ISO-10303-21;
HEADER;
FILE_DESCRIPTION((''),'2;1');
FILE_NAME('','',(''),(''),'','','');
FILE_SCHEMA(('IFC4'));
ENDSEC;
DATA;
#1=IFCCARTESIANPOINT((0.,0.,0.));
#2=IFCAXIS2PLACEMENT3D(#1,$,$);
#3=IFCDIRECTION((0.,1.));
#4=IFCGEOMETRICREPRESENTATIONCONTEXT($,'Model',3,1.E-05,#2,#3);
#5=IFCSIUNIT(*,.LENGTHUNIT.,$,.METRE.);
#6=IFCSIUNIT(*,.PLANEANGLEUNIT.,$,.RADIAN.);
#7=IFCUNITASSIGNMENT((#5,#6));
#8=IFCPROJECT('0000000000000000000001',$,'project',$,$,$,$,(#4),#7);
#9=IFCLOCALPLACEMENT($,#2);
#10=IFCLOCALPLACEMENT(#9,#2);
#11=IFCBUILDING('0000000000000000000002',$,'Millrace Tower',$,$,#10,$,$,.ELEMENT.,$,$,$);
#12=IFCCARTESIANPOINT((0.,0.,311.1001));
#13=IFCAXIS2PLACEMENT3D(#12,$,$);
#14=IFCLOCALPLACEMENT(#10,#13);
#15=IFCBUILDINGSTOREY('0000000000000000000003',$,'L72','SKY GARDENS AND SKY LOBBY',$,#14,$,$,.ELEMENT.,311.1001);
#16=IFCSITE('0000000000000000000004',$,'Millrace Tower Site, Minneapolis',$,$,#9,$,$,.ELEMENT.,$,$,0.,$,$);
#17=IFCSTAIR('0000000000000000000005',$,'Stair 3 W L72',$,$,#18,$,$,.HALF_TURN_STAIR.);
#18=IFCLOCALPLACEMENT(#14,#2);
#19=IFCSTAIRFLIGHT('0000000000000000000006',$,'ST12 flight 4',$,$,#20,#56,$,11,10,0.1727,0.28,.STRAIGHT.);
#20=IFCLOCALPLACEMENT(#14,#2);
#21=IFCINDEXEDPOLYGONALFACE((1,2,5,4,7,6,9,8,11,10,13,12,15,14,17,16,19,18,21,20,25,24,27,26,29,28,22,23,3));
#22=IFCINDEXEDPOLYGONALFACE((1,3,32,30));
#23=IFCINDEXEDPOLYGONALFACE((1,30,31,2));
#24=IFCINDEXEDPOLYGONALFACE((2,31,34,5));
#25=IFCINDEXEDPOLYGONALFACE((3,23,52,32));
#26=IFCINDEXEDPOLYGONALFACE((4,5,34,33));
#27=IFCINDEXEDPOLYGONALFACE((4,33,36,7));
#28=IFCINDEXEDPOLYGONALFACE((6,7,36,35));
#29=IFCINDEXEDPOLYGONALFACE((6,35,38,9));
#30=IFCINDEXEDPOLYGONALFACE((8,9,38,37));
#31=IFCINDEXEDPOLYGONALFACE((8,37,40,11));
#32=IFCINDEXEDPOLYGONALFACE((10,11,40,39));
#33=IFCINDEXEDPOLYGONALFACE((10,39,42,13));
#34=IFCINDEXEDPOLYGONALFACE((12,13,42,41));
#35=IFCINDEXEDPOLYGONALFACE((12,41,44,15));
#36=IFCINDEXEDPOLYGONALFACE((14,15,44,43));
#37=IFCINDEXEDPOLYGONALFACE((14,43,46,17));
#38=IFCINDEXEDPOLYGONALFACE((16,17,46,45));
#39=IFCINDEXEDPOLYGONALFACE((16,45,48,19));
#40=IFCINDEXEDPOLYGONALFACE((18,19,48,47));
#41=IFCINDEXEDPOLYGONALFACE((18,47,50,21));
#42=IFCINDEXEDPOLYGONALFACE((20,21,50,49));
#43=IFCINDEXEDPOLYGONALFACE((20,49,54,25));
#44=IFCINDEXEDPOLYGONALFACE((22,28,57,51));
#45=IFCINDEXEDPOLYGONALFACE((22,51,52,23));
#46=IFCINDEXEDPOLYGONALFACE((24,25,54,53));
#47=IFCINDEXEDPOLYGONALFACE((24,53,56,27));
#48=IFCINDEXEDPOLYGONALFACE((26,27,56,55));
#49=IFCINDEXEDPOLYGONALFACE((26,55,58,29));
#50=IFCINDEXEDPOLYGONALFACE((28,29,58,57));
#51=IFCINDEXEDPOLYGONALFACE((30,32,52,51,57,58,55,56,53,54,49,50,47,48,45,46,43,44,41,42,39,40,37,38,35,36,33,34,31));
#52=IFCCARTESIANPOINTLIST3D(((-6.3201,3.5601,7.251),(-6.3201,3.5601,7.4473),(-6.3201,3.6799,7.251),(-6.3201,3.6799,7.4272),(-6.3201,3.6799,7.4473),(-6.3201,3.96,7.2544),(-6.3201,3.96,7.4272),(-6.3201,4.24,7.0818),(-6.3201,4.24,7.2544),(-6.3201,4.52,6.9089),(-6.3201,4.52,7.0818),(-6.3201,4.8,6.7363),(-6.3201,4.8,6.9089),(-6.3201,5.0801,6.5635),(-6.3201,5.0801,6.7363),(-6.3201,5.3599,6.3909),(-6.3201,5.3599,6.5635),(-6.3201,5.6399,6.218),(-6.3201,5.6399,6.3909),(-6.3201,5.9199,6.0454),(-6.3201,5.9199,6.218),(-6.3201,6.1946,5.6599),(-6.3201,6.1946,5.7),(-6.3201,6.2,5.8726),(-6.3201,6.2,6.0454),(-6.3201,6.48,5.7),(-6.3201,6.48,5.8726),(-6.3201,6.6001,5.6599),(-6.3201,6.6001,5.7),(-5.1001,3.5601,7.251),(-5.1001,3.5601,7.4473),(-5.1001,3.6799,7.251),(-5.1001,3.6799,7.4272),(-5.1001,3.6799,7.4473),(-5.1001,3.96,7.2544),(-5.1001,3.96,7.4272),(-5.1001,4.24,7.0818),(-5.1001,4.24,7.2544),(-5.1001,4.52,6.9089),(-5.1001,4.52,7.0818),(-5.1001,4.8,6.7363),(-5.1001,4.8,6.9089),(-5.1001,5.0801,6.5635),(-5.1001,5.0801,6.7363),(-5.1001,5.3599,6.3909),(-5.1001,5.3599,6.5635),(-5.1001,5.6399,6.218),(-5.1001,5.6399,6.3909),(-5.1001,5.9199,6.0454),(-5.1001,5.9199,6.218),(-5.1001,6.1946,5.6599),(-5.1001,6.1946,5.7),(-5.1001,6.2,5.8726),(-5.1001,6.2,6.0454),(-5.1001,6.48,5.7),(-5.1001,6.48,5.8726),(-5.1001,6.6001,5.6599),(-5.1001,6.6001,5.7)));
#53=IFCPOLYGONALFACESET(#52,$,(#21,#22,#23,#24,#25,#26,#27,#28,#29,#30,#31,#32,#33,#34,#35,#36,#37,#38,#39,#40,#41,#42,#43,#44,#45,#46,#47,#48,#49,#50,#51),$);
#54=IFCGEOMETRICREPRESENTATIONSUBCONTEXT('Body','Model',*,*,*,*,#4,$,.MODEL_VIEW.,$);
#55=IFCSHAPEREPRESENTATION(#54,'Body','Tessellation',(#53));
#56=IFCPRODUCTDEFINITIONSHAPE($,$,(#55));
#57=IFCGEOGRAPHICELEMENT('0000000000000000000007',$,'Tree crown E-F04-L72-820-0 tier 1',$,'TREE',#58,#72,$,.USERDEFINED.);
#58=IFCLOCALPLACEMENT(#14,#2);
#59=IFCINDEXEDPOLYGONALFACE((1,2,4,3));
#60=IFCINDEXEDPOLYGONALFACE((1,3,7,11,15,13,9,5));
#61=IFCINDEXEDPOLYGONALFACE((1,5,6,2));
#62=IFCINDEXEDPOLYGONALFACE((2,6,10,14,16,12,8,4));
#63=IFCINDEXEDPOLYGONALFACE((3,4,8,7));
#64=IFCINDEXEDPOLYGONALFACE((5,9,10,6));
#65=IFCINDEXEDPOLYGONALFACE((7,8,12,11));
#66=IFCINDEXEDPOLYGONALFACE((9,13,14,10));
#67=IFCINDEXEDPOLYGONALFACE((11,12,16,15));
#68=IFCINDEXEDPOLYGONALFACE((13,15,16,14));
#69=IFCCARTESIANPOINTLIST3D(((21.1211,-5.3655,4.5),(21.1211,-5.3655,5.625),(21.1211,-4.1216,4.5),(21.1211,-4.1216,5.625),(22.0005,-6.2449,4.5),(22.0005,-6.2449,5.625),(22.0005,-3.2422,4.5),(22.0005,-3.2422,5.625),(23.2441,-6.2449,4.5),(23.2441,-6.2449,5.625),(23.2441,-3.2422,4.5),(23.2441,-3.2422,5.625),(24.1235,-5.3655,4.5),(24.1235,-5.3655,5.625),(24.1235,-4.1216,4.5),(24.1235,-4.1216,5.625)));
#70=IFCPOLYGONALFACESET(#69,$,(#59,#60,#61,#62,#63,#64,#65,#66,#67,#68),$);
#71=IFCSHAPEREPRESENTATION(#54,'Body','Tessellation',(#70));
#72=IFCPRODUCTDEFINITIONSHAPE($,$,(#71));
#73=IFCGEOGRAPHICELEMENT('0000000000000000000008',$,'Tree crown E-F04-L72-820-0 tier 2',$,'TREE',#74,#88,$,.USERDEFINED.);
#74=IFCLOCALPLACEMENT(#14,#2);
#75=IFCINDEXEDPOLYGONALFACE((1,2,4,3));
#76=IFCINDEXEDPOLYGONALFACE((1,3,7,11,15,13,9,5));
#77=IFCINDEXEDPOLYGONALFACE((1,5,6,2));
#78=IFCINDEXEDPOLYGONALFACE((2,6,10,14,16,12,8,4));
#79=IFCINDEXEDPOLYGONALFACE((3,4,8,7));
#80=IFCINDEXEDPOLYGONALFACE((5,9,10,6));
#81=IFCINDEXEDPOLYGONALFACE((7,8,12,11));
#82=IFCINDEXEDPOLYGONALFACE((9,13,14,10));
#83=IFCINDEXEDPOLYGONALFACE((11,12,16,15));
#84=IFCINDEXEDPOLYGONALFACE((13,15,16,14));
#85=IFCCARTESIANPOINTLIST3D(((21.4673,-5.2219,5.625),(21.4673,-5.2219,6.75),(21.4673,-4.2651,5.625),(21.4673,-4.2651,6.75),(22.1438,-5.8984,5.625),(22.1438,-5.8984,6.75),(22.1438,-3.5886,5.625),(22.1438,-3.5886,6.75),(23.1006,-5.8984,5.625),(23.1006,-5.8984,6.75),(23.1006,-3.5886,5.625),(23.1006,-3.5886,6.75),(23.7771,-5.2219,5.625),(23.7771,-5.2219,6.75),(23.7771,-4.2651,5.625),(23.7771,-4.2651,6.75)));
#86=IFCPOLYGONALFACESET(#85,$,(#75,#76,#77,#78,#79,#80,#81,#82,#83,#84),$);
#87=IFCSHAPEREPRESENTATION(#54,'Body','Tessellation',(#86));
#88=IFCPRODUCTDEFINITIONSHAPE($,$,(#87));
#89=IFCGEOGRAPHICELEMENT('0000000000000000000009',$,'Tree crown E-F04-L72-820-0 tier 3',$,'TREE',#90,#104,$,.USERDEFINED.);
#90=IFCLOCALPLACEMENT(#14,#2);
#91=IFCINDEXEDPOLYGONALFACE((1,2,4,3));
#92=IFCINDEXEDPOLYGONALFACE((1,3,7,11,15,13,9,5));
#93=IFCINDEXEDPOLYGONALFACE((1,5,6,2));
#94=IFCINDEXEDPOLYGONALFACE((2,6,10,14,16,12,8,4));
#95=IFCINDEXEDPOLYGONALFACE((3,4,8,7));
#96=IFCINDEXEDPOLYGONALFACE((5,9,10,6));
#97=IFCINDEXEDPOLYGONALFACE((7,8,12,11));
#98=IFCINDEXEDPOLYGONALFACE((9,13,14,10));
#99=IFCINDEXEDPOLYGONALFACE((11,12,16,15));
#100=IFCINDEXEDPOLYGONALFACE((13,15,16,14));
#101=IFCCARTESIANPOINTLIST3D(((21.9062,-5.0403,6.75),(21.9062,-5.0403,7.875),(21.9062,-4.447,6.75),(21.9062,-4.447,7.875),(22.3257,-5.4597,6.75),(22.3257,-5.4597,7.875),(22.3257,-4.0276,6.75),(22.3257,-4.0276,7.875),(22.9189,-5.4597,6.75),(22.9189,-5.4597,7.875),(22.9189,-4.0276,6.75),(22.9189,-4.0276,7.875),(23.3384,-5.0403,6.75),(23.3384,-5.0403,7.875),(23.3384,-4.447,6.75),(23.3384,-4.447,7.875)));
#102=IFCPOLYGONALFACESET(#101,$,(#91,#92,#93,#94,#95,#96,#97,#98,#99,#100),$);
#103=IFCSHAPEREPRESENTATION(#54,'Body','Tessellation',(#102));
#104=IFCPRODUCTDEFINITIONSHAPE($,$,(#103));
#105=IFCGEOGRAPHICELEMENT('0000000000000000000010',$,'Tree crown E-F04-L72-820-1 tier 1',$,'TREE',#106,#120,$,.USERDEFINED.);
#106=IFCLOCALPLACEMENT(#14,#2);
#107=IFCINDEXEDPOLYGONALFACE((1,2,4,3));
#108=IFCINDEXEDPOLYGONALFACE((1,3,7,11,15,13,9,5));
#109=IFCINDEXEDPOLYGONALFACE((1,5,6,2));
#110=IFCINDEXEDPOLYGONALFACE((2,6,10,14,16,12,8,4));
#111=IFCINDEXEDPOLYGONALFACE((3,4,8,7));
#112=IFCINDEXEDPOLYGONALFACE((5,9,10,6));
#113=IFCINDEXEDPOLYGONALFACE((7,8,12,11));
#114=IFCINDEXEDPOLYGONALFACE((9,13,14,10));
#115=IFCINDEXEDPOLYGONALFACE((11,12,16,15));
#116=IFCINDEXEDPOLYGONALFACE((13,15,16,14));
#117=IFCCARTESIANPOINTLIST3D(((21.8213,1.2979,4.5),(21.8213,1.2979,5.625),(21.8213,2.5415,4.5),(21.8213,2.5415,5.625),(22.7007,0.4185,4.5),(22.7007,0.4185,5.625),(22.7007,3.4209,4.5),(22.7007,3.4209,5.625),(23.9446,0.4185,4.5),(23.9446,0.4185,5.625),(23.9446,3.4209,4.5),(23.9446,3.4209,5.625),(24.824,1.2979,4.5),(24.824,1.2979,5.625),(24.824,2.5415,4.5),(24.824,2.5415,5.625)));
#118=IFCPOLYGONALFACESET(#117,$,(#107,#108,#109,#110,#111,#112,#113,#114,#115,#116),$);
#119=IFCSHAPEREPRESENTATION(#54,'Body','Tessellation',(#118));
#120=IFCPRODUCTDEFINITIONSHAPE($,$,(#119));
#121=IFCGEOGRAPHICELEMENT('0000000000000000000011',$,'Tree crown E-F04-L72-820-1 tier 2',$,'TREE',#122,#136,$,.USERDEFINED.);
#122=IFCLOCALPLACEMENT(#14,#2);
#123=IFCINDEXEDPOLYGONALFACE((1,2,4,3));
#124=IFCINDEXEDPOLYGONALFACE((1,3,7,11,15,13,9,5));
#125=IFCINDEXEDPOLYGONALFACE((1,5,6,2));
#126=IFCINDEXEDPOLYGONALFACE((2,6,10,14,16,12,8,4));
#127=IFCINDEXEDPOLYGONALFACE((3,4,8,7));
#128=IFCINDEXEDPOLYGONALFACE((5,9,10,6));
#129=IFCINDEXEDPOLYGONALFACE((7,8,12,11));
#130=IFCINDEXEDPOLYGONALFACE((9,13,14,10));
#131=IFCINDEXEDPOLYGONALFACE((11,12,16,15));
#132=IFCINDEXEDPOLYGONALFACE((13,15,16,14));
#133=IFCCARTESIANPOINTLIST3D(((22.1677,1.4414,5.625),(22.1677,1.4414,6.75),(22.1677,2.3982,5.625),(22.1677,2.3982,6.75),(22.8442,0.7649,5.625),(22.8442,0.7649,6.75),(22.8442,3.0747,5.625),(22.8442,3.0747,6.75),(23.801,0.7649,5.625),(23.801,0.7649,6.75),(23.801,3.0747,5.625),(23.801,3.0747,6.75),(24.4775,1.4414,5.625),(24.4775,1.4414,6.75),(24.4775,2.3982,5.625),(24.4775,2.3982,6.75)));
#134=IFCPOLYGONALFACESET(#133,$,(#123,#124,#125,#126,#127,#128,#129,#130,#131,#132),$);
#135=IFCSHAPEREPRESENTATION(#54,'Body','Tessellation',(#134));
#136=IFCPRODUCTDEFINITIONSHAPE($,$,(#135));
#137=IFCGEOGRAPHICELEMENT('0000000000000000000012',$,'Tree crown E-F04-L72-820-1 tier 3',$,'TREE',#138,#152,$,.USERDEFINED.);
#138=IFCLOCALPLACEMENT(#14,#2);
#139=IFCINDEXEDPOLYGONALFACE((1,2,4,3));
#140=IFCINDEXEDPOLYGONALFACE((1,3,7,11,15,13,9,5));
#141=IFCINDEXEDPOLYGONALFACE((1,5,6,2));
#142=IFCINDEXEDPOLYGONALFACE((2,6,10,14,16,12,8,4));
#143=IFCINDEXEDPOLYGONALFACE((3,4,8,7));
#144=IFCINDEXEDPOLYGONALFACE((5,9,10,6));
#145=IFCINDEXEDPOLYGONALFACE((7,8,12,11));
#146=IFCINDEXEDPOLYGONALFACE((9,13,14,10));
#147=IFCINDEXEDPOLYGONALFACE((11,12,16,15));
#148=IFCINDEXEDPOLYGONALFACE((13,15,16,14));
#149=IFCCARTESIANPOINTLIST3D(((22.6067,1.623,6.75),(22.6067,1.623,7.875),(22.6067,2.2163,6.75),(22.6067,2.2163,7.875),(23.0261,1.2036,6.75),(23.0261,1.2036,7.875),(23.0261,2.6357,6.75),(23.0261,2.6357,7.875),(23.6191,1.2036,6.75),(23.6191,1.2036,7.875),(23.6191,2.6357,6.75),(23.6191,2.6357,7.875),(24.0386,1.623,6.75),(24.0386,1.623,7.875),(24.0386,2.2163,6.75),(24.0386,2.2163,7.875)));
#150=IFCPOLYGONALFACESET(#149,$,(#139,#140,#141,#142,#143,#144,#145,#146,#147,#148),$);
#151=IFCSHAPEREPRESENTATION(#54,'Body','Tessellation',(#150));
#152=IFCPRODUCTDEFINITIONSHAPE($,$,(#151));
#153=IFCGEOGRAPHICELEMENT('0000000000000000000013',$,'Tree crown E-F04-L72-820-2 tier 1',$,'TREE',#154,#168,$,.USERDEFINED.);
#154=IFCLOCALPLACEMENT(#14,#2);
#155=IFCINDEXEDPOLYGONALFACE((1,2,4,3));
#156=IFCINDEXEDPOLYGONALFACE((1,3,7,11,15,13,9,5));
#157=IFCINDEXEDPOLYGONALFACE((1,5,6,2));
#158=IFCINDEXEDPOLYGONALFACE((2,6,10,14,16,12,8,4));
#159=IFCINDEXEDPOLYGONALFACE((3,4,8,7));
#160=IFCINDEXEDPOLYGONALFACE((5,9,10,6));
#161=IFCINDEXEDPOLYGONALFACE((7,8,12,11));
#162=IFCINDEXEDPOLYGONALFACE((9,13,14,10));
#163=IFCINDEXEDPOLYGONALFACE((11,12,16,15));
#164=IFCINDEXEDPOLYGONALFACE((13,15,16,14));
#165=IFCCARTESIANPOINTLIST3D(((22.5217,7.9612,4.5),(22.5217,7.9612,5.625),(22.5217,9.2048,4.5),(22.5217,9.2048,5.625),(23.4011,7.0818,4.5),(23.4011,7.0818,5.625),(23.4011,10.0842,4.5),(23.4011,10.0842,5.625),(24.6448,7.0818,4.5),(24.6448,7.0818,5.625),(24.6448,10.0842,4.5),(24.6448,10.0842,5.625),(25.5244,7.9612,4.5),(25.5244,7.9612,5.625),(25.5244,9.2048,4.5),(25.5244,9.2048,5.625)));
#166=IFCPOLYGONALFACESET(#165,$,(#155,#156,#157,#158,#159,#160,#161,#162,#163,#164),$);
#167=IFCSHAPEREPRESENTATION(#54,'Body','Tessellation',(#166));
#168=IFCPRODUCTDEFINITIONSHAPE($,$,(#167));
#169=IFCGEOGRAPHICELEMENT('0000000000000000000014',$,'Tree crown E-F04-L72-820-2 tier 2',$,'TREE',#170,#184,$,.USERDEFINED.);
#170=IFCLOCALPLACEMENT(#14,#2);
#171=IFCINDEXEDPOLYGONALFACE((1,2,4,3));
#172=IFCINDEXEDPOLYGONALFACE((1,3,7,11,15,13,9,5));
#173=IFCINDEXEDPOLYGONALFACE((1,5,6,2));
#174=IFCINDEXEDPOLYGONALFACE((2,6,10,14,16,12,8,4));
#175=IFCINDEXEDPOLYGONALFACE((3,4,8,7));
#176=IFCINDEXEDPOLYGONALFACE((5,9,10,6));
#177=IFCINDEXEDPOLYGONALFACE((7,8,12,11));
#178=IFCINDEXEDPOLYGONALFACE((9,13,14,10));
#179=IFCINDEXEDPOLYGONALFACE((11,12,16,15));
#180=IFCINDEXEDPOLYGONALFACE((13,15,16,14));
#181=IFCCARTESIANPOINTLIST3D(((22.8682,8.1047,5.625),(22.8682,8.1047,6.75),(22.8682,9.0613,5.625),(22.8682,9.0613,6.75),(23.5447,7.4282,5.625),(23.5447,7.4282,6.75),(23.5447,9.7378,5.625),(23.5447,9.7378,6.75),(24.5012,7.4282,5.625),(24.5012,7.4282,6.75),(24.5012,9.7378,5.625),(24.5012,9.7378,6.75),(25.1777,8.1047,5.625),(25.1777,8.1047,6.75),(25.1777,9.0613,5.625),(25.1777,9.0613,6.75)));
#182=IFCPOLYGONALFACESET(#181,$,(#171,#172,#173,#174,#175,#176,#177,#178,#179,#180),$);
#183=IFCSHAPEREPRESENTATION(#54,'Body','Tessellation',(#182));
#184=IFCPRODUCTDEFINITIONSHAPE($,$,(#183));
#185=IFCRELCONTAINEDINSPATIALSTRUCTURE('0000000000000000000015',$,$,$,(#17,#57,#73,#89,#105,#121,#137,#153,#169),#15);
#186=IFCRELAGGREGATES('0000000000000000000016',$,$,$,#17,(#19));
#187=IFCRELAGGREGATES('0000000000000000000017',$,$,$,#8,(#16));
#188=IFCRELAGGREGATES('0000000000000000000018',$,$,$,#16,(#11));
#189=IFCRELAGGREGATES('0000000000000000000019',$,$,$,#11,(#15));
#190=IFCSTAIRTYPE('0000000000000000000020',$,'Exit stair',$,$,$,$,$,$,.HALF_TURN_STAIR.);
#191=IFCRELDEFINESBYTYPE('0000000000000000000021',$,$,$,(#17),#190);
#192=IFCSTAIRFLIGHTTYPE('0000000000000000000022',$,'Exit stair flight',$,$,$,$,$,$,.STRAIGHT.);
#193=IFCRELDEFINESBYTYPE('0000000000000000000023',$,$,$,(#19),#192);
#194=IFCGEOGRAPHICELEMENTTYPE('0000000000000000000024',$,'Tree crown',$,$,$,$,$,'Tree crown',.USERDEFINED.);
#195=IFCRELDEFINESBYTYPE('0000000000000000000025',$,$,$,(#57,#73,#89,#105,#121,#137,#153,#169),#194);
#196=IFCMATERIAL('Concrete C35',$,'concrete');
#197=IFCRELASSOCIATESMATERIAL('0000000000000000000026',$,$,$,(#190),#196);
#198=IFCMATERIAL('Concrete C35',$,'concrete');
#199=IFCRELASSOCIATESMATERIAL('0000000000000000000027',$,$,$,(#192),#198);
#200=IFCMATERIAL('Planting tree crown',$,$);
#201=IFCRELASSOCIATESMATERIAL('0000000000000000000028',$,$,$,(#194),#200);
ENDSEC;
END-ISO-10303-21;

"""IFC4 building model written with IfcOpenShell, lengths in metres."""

from ifc_helpers import new_model, si_unit, direction, frame, origin, place, context, subcontext, project, spatial, polyline, outline, extrude, material, type_object, element, aggregate, save


model = new_model("IFC4")

# Units and contexts
model_context = context("Model", 3, precision=1e-05, world=origin(), true_north=direction((0.0, 1.0)))
body_context = subcontext(model_context, "Body", "Model", "MODEL_VIEW")
ifc_project = project(units=[si_unit("LENGTHUNIT", "METRE"), si_unit("PLANEANGLEUNIT", "RADIAN")], contexts=[model_context])

# Site, building, storey
site_placement = place(None, origin())
site = spatial("IfcSite", under=ifc_project, at=site_placement, Name="Millrace Tower Site, Minneapolis", CompositionType="ELEMENT", RefElevation=0.0)
building_placement = place(site_placement, origin())
building = spatial("IfcBuilding", under=site, at=building_placement, Name="Millrace Tower", CompositionType="ELEMENT")
storey_placement = place(building_placement, frame((0.0, 0.0, 311.1001)))
storey = spatial("IfcBuildingStorey", under=building, at=storey_placement, Name="L72", Description="SKY GARDENS AND SKY LOBBY", CompositionType="ELEMENT", Elevation=311.1001)

# Stair, stair flight
ifc_material_1 = material(Name="Concrete C35", Category="concrete")
stair_type = type_object("IfcStairType", Name="Exit stair", PredefinedType="HALF_TURN_STAIR", material=ifc_material_1)
placement_1 = place(storey_placement, origin())
ifc_material_2 = material(Name="Concrete C35", Category="concrete")
stair_flight_type = type_object("IfcStairFlightType", Name="Exit stair flight", PredefinedType="STRAIGHT", material=ifc_material_2)
stair_1 = element("IfcStair", 1, at=placement_1, inside=storey, type_object=stair_type, Name="Stair 3 W L72", PredefinedType="HALF_TURN_STAIR")
stair_flight_1_placement = place(storey_placement, frame((-5.71, 6.48, 5.7), z_axis=(0.0, 0.0, 1.0), x_axis=(0.0, -1.0, 0.0)))
stair_flight_1 = element("IfcStairFlight", 2, at=stair_flight_1_placement, type_object=stair_flight_type, Name="ST12 flight 4", NumberOfRisers=11, NumberOfTreads=10, PredefinedType="STRAIGHT", RiserHeight=0.1727, TreadLength=0.28, context=body_context, shape_type="SweptSolid", body=[
    extrude(outline(polyline([(-0.1201, -0.04), (-0.1201, 0.0), (0.0, 0.0), (0.0, 0.1726), (0.28, 0.1726), (0.28, 0.3455), (0.5601, 0.3455), (0.5601, 0.5181), (0.8401, 0.5181), (0.8401, 0.6909), (1.1201, 0.6909), (1.1201, 0.8635), (1.3999, 0.8635), (1.3999, 1.0364), (1.6799, 1.0364), (1.6799, 1.209), (1.96, 1.209), (1.96, 1.3818), (2.24, 1.3818), (2.24, 1.5544), (2.52, 1.5544), (2.52, 1.7273), (2.8, 1.7273), (2.8, 1.7473), (2.9199, 1.7473), (2.9199, 1.551), (2.8, 1.551), (0.2854, 0.0), (0.2854, -0.04), (-0.1201, -0.04)])), frame((0.0, 0.6099, 0.0), z_axis=(0.0, -1.0, 0.0), x_axis=(1.0, 0.0, 0.0)), (0.0, 0.0, 1.0), 1.22),
])
aggregate(stair_1, [stair_flight_1])

# Geographic elements
ifc_material_3 = material(Name="Planting tree crown")
geographic_element_type = type_object("IfcGeographicElementType", Name="Tree crown", ElementType="Tree crown", PredefinedType="USERDEFINED", material=ifc_material_3)
placement_2 = place(storey_placement, frame((0.0, 0.0, 4.5)))
element("IfcGeographicElement", 3, at=placement_2, inside=storey, type_object=geographic_element_type, Name="Tree crown E-F04-L72-820-0 tier 1", ObjectType="TREE", PredefinedType="USERDEFINED", context=body_context, shape_type="SweptSolid", body=[
    extrude(outline(polyline([(24.1235, -4.1216), (23.2441, -3.2422), (22.0005, -3.2422), (21.1211, -4.1216), (21.1211, -5.3655), (22.0005, -6.2449), (23.2441, -6.2449), (24.1235, -5.3655), (24.1235, -4.1216)])), origin(), (0.0, 0.0, 1.0), 1.125),
])
placement_3 = place(storey_placement, frame((0.0, 0.0, 5.625)))
element("IfcGeographicElement", 4, at=placement_3, inside=storey, type_object=geographic_element_type, Name="Tree crown E-F04-L72-820-0 tier 2", ObjectType="TREE", PredefinedType="USERDEFINED", context=body_context, shape_type="SweptSolid", body=[
    extrude(outline(polyline([(23.7771, -4.2651), (23.1006, -3.5886), (22.1438, -3.5886), (21.4673, -4.2651), (21.4673, -5.2219), (22.1438, -5.8984), (23.1006, -5.8984), (23.7771, -5.2219), (23.7771, -4.2651)])), origin(), (0.0, 0.0, 1.0), 1.125),
])
placement_4 = place(storey_placement, frame((0.0, 0.0, 6.75)))
element("IfcGeographicElement", 5, at=placement_4, inside=storey, type_object=geographic_element_type, Name="Tree crown E-F04-L72-820-0 tier 3", ObjectType="TREE", PredefinedType="USERDEFINED", context=body_context, shape_type="SweptSolid", body=[
    extrude(outline(polyline([(23.3384, -4.447), (22.9189, -4.0276), (22.3257, -4.0276), (21.9062, -4.447), (21.9062, -5.0403), (22.3257, -5.4597), (22.9189, -5.4597), (23.3384, -5.0403), (23.3384, -4.447)])), origin(), (0.0, 0.0, 1.0), 1.125),
])
element("IfcGeographicElement", 6, at=placement_2, inside=storey, type_object=geographic_element_type, Name="Tree crown E-F04-L72-820-1 tier 1", ObjectType="TREE", PredefinedType="USERDEFINED", context=body_context, shape_type="SweptSolid", body=[
    extrude(outline(polyline([(24.824, 2.5415), (23.9446, 3.4209), (22.7007, 3.4209), (21.8213, 2.5415), (21.8213, 1.2979), (22.7007, 0.4185), (23.9446, 0.4185), (24.824, 1.2979), (24.824, 2.5415)])), origin(), (0.0, 0.0, 1.0), 1.125),
])
element("IfcGeographicElement", 7, at=placement_3, inside=storey, type_object=geographic_element_type, Name="Tree crown E-F04-L72-820-1 tier 2", ObjectType="TREE", PredefinedType="USERDEFINED", context=body_context, shape_type="SweptSolid", body=[
    extrude(outline(polyline([(24.4775, 2.3982), (23.801, 3.0747), (22.8442, 3.0747), (22.1677, 2.3982), (22.1677, 1.4414), (22.8442, 0.7649), (23.801, 0.7649), (24.4775, 1.4414), (24.4775, 2.3982)])), origin(), (0.0, 0.0, 1.0), 1.125),
])
element("IfcGeographicElement", 8, at=placement_4, inside=storey, type_object=geographic_element_type, Name="Tree crown E-F04-L72-820-1 tier 3", ObjectType="TREE", PredefinedType="USERDEFINED", context=body_context, shape_type="SweptSolid", body=[
    extrude(outline(polyline([(24.0386, 2.2163), (23.6191, 2.6357), (23.0261, 2.6357), (22.6067, 2.2163), (22.6067, 1.623), (23.0261, 1.2036), (23.6191, 1.2036), (24.0386, 1.623), (24.0386, 2.2163)])), origin(), (0.0, 0.0, 1.0), 1.125),
])
element("IfcGeographicElement", 9, at=placement_2, inside=storey, type_object=geographic_element_type, Name="Tree crown E-F04-L72-820-2 tier 1", ObjectType="TREE", PredefinedType="USERDEFINED", context=body_context, shape_type="SweptSolid", body=[
    extrude(outline(polyline([(25.5244, 9.2048), (24.6448, 10.0842), (23.4011, 10.0842), (22.5217, 9.2048), (22.5217, 7.9612), (23.4011, 7.0818), (24.6448, 7.0818), (25.5244, 7.9612), (25.5244, 9.2048)])), origin(), (0.0, 0.0, 1.0), 1.125),
])
element("IfcGeographicElement", 10, at=placement_3, inside=storey, type_object=geographic_element_type, Name="Tree crown E-F04-L72-820-2 tier 2", ObjectType="TREE", PredefinedType="USERDEFINED", context=body_context, shape_type="SweptSolid", body=[
    extrude(outline(polyline([(25.1777, 9.0613), (24.5012, 9.7378), (23.5447, 9.7378), (22.8682, 9.0613), (22.8682, 8.1047), (23.5447, 7.4282), (24.5012, 7.4282), (25.1777, 8.1047), (25.1777, 9.0613)])), origin(), (0.0, 0.0, 1.0), 1.125),
])

save(model, "model.ifc")
